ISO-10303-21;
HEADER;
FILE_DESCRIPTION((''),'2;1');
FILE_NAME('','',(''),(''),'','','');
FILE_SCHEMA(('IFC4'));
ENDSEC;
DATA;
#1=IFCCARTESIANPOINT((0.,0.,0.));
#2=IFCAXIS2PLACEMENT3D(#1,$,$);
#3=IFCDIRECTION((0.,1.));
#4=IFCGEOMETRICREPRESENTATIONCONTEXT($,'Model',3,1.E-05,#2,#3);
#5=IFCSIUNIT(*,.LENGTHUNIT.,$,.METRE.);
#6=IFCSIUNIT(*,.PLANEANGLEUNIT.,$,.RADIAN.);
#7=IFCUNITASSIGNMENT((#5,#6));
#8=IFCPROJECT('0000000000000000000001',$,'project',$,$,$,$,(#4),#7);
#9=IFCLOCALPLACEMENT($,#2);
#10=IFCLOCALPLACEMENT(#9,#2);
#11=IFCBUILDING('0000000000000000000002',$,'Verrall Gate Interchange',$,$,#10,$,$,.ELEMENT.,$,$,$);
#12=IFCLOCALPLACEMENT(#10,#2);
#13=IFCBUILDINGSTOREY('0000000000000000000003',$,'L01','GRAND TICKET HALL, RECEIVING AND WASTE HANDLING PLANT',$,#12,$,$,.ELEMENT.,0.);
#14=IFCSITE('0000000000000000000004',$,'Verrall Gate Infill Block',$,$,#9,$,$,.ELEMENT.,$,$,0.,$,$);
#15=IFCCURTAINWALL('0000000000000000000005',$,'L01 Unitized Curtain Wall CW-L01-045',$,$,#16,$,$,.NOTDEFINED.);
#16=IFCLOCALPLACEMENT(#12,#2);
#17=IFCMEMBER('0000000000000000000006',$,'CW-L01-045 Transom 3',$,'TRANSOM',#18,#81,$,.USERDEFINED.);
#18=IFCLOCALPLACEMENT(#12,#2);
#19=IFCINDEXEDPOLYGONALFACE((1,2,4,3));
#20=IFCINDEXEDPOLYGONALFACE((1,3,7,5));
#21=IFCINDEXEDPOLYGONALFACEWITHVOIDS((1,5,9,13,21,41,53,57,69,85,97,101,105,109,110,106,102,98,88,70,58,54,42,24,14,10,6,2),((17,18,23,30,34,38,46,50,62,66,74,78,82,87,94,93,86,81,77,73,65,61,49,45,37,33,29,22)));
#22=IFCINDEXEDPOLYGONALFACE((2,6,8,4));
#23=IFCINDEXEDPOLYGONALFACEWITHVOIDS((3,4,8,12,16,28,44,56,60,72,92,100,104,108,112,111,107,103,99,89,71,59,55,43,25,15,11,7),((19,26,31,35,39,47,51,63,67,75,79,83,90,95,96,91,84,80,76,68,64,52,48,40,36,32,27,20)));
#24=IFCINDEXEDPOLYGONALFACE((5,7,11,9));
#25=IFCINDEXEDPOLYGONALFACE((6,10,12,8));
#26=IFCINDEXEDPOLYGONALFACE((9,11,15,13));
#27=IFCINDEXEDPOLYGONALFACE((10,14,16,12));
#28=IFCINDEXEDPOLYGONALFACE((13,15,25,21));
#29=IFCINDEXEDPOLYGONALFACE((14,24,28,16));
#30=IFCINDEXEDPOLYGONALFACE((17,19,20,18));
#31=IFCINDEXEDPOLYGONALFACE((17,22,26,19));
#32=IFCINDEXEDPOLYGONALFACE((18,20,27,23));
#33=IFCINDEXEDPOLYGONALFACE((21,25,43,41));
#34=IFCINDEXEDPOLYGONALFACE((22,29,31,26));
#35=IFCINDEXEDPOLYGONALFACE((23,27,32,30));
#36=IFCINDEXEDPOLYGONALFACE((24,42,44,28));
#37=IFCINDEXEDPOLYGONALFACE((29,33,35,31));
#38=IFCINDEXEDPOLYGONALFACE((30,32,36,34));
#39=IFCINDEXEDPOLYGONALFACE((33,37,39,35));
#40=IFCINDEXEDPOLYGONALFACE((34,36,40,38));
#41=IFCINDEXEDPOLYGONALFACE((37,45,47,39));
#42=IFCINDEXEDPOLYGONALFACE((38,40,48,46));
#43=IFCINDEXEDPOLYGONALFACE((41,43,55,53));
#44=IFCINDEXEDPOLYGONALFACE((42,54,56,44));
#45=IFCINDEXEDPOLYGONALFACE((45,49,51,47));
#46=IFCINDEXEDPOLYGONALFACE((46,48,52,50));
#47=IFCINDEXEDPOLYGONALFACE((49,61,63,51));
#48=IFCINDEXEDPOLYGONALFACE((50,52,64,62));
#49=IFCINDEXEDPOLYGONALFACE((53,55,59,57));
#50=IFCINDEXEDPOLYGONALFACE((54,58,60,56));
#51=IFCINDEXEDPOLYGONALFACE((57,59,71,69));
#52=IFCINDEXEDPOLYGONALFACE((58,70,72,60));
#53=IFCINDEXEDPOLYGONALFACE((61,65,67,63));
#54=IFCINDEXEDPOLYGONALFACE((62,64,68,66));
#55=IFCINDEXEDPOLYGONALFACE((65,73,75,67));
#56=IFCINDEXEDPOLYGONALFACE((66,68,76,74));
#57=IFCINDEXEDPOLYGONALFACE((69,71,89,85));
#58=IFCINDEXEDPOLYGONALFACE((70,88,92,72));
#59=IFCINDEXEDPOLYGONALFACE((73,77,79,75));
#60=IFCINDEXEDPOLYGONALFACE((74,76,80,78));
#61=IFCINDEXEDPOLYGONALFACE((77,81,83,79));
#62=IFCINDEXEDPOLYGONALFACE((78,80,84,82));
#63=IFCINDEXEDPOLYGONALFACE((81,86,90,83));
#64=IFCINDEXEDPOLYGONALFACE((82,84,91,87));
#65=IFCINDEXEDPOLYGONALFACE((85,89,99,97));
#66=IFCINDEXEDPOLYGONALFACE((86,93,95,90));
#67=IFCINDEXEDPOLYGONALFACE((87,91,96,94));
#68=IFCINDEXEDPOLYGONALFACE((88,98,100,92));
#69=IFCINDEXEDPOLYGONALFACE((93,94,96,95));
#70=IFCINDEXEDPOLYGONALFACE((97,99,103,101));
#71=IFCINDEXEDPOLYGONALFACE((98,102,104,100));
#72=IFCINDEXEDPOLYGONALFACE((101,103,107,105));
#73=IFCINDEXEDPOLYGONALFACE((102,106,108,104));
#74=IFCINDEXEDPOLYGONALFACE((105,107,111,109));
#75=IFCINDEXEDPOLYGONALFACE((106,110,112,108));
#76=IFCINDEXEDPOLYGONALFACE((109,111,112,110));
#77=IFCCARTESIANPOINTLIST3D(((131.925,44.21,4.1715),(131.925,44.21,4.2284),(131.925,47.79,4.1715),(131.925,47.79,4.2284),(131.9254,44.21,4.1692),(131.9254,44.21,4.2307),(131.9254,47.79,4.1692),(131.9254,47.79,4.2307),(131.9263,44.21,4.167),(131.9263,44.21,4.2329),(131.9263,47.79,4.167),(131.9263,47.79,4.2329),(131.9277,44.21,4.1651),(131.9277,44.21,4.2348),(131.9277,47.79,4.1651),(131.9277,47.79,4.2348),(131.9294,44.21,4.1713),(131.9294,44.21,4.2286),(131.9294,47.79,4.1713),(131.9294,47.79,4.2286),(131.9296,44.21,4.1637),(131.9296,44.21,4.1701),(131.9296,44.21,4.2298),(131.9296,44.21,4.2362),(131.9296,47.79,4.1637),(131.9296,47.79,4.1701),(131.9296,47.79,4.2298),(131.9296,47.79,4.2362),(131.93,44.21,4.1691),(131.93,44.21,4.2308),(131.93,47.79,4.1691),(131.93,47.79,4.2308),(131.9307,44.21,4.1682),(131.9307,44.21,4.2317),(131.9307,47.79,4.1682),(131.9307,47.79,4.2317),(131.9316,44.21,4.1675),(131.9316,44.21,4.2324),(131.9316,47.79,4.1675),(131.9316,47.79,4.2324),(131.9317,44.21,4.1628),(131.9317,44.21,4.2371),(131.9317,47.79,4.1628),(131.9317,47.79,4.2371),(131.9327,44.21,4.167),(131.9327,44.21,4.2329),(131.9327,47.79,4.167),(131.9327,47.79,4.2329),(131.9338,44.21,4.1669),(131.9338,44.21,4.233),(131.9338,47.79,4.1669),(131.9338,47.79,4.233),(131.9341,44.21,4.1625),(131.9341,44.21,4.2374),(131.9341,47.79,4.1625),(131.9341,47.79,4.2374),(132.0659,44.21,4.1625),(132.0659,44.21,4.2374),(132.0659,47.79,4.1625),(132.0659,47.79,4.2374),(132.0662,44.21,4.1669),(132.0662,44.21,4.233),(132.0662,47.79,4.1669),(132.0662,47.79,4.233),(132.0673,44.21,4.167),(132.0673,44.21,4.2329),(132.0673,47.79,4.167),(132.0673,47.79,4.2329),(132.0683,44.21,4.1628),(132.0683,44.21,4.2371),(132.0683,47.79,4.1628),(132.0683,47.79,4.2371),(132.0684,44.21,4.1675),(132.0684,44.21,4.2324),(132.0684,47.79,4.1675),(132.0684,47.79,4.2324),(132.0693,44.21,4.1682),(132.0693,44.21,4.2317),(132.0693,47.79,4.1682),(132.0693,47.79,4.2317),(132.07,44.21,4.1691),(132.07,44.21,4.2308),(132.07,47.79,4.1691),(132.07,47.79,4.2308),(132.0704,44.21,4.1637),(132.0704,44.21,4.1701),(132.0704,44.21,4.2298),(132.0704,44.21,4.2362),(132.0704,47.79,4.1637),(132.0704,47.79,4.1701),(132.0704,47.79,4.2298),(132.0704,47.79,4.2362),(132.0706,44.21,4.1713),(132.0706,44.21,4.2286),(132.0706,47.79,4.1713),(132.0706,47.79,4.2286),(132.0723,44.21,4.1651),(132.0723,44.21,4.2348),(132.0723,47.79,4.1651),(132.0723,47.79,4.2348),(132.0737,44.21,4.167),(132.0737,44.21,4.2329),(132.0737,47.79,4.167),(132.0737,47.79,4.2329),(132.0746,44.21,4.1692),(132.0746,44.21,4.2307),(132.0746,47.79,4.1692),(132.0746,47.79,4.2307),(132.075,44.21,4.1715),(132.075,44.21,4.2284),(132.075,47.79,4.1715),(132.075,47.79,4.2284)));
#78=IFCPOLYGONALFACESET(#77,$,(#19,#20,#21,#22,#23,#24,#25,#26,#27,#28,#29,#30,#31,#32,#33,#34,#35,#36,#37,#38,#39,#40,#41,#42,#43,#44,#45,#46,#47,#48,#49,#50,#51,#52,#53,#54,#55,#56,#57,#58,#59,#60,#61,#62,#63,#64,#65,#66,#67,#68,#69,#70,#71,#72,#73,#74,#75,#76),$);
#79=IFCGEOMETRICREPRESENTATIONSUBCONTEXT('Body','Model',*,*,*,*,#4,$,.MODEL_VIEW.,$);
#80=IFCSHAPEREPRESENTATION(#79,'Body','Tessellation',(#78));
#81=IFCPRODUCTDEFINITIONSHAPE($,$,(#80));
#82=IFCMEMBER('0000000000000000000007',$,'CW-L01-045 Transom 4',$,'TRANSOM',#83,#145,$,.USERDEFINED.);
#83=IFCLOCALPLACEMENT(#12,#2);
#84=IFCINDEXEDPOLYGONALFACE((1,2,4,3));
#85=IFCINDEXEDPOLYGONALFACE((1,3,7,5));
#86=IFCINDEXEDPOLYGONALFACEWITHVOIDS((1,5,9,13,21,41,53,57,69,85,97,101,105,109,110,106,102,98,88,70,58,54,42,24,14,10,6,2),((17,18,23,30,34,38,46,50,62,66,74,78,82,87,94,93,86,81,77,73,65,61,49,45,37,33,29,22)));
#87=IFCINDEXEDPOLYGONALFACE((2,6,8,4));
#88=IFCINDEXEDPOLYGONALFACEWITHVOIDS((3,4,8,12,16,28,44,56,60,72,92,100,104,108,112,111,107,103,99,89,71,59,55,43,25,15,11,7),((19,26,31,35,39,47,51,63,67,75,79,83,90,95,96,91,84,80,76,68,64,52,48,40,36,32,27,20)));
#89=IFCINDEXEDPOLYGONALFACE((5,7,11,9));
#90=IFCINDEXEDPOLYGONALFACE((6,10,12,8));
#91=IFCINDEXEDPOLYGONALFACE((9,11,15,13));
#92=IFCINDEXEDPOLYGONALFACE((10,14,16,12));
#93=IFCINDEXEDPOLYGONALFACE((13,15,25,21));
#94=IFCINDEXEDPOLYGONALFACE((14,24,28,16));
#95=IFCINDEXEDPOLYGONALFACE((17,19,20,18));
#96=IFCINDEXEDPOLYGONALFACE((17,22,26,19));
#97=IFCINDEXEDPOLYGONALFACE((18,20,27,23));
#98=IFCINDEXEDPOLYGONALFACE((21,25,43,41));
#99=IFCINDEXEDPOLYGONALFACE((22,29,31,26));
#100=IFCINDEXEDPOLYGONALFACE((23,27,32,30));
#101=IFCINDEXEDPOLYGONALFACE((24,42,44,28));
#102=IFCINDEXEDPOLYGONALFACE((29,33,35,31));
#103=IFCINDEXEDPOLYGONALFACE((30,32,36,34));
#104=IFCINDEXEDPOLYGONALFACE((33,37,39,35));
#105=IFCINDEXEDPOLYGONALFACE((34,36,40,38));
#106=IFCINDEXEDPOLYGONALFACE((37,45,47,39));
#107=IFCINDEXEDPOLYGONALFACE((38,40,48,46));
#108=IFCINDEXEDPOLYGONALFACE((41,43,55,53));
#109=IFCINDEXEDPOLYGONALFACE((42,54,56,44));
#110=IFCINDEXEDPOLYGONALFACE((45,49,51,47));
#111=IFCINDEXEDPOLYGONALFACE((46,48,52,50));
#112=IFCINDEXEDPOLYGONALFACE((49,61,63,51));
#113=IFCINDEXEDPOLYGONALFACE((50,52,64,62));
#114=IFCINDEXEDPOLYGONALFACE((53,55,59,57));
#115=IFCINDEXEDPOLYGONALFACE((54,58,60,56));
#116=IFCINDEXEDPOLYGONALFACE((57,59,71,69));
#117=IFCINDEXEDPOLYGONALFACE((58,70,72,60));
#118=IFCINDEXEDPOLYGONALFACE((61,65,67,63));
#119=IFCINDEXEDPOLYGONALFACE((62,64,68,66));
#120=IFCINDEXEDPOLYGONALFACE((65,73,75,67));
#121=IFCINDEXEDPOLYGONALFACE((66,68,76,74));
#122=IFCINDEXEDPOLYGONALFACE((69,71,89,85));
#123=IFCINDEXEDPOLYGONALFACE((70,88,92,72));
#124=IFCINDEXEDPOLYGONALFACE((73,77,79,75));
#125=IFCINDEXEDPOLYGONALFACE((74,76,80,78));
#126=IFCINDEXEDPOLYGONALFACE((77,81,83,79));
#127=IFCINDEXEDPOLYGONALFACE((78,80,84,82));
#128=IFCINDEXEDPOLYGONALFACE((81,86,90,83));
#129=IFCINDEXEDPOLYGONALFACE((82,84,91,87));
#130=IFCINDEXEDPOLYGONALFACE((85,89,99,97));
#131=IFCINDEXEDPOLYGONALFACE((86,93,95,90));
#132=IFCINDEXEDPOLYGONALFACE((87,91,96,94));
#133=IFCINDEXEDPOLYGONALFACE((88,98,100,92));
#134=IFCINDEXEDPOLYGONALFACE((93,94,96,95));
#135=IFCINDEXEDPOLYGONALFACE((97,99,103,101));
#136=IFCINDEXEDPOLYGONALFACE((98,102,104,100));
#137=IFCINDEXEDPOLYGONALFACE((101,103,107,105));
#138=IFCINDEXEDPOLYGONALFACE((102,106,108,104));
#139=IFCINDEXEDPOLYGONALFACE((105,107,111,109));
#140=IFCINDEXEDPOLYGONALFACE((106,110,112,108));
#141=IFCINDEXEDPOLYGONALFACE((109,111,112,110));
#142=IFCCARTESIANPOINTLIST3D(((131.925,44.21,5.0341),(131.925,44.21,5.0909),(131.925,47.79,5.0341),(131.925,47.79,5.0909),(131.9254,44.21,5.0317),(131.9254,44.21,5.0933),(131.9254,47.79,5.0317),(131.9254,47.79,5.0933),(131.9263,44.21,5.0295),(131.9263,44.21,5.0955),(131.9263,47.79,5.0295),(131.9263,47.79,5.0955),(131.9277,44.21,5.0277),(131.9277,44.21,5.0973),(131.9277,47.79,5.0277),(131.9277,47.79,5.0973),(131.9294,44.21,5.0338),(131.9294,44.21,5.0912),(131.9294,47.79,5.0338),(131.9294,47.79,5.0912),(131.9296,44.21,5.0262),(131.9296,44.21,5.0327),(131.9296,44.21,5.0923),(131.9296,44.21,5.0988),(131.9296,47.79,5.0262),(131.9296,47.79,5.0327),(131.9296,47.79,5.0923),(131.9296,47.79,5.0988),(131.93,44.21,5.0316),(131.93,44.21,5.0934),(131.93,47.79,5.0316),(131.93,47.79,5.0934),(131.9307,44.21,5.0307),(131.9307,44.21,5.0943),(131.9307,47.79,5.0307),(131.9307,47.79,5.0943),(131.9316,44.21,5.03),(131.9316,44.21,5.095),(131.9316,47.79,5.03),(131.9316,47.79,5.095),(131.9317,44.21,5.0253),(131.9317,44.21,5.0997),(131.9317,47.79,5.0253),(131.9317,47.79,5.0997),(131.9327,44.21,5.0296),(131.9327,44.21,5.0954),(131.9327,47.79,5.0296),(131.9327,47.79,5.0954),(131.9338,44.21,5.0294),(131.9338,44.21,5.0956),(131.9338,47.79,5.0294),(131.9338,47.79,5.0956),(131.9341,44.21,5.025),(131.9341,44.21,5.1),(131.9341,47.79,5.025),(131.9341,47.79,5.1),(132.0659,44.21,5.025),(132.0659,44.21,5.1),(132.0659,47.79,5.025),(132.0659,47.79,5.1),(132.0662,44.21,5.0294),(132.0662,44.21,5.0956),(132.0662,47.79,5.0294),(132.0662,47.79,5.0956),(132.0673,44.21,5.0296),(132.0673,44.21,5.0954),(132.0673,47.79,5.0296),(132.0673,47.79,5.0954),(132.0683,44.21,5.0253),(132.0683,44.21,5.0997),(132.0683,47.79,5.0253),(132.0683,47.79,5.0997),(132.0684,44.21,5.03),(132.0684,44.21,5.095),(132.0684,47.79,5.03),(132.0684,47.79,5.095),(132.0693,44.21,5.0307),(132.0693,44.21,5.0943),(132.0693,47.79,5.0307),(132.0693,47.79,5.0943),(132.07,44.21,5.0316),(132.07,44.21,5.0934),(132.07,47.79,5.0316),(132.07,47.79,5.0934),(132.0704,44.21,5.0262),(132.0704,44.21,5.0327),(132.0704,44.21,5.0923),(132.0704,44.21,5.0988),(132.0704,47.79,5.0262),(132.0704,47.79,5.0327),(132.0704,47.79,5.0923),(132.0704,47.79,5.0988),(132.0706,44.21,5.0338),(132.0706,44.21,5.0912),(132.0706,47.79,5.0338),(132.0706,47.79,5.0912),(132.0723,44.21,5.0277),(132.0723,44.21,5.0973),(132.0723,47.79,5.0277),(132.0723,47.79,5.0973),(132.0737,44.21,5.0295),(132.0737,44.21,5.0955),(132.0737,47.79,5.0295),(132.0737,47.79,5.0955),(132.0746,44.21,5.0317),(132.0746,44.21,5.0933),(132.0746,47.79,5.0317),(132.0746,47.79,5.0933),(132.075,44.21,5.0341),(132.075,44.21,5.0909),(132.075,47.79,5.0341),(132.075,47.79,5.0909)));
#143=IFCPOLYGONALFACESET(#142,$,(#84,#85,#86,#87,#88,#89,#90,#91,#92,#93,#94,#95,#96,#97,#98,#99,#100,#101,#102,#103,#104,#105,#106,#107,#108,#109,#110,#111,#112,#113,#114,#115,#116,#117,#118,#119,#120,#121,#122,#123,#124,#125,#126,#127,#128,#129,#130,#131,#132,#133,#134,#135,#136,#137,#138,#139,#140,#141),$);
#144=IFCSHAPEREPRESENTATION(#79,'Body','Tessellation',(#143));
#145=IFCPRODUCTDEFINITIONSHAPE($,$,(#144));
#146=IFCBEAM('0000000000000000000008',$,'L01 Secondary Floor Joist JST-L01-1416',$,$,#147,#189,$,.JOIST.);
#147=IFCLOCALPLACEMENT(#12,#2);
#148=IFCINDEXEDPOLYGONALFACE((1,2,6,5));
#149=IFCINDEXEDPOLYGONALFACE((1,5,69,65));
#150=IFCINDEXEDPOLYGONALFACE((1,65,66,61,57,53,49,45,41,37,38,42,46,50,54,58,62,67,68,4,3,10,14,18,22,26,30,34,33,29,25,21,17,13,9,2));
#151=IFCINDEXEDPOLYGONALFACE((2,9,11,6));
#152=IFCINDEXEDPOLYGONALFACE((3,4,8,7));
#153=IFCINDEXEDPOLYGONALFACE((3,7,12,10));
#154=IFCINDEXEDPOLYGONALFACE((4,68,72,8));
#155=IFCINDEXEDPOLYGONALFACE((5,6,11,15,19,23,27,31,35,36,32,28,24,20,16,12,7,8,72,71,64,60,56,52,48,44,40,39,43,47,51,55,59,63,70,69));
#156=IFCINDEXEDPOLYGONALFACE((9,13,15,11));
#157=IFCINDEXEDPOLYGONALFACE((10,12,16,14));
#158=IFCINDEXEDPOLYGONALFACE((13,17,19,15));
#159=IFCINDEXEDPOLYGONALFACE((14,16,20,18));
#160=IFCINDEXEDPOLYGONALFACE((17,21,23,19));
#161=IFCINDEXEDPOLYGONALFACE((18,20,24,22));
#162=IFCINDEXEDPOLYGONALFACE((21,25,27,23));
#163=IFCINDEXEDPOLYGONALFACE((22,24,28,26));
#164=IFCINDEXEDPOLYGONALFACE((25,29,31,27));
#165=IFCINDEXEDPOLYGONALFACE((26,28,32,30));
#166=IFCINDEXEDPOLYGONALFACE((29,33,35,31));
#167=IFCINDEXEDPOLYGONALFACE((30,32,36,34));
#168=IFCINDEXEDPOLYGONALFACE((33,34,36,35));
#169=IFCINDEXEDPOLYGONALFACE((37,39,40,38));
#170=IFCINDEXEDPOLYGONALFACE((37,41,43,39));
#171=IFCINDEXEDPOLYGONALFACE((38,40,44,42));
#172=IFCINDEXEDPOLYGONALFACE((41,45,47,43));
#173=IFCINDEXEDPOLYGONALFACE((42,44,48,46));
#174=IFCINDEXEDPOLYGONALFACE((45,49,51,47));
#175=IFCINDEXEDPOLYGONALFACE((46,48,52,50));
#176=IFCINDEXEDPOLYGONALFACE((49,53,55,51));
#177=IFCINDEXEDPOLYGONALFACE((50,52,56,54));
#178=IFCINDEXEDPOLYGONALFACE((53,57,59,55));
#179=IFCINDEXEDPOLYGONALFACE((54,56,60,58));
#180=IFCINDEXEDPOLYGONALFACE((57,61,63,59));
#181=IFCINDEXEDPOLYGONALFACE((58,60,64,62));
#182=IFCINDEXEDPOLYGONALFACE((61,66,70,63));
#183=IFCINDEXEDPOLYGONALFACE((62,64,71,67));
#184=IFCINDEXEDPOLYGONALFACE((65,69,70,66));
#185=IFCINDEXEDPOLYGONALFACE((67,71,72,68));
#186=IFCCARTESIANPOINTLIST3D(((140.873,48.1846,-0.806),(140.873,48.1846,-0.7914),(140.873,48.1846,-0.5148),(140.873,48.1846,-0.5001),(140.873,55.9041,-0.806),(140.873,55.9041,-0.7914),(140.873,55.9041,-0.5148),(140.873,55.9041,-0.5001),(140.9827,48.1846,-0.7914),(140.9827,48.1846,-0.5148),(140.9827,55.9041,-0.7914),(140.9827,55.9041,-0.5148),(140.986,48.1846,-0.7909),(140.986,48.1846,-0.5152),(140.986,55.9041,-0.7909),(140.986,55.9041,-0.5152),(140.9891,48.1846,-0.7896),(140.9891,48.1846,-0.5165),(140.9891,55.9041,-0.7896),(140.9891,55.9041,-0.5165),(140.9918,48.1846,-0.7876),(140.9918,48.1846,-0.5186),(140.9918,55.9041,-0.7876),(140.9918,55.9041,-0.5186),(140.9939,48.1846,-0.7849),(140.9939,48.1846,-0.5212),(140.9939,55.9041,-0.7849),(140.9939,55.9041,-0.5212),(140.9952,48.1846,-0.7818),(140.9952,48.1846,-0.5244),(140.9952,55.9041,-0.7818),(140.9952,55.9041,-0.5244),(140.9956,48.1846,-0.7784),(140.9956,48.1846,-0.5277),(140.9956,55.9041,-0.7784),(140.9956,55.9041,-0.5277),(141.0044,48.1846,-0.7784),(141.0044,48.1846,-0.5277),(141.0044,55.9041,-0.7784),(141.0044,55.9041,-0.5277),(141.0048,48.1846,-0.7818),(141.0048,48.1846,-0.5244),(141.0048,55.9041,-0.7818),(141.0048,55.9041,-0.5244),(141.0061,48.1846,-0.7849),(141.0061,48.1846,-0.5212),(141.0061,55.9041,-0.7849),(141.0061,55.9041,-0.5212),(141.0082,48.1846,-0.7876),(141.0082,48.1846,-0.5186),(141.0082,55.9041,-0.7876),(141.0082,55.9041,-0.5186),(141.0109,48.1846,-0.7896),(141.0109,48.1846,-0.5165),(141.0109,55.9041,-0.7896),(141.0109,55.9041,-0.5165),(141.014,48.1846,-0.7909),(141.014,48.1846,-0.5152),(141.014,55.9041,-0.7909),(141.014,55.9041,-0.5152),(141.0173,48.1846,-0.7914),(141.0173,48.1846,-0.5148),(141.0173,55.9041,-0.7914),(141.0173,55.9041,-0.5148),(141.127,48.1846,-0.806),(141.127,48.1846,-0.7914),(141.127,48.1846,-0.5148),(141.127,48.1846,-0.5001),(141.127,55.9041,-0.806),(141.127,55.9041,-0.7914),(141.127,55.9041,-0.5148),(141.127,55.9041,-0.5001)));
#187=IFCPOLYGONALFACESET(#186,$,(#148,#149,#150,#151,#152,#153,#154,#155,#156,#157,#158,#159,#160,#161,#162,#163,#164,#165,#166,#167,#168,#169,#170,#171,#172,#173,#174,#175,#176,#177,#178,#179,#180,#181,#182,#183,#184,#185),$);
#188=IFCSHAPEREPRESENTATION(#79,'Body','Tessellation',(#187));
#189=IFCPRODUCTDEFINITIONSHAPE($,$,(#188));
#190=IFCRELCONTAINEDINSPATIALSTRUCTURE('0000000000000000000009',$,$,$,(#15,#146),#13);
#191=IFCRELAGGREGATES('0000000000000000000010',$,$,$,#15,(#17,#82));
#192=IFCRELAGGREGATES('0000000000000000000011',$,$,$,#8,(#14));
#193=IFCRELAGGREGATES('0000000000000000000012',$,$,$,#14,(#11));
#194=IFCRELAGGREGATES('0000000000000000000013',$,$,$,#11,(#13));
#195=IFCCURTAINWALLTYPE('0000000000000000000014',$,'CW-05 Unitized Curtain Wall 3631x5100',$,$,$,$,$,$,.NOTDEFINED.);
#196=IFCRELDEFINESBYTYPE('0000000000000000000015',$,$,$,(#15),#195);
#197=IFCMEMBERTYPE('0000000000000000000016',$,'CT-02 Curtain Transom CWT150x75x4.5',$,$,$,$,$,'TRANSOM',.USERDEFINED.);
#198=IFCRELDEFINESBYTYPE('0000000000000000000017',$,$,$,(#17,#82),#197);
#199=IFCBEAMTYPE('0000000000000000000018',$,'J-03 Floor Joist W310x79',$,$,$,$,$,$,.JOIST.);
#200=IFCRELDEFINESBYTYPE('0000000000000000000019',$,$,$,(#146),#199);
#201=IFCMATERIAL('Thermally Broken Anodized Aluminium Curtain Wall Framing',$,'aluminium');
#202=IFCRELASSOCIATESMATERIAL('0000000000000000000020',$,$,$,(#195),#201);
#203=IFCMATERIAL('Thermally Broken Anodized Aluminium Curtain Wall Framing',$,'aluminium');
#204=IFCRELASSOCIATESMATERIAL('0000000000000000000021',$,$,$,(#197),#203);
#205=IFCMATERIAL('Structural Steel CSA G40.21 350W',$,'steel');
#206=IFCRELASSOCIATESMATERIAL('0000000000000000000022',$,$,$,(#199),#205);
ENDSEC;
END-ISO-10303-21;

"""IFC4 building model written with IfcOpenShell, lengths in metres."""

from ifc_helpers import new_model, si_unit, direction, frame, origin, origin_2d, place, context, subcontext, project, spatial, hollow_rectangle, i_section, extrude, material, material_profile, profile_set, type_object, element, aggregate, save


model = new_model("IFC4")

# Units and contexts
model_context = context("Model", 3, precision=1e-05, world=origin(), true_north=direction((0.0, 1.0)))
body_context = subcontext(model_context, "Body", "Model", "MODEL_VIEW")
ifc_project = project(units=[si_unit("LENGTHUNIT", "METRE"), si_unit("PLANEANGLEUNIT", "RADIAN")], contexts=[model_context])

# Site, building, storey
site_placement = place(None, origin())
site = spatial("IfcSite", under=ifc_project, at=site_placement, Name="Verrall Gate Infill Block", CompositionType="ELEMENT", RefElevation=0.0)
building_placement = place(site_placement, origin())
building = spatial("IfcBuilding", under=site, at=building_placement, Name="Verrall Gate Interchange", CompositionType="ELEMENT")
storey_placement = place(building_placement, origin())
storey = spatial("IfcBuildingStorey", under=building, at=storey_placement, Name="L01", Description="GRAND TICKET HALL, RECEIVING AND WASTE HANDLING PLANT", CompositionType="ELEMENT", Elevation=0.0)

# Curtain wall, members
ifc_material_1 = material(Name="Thermally Broken Anodized Aluminium Curtain Wall Framing", Category="aluminium")
curtain_wall_type = type_object("IfcCurtainWallType", Name="CW-05 Unitized Curtain Wall 3631x5100", PredefinedType="NOTDEFINED", material=ifc_material_1)
curtain_wall_placement = place(storey_placement, origin())
curtain_wall = element("IfcCurtainWall", 1, at=curtain_wall_placement, inside=storey, type_object=curtain_wall_type, Name="L01 Unitized Curtain Wall CW-L01-045", PredefinedType="NOTDEFINED")
ifc_material_2 = material(Name="Thermally Broken Anodized Aluminium Curtain Wall Framing", Category="aluminium")
ifc_material_profile_1 = material_profile(ifc_material_2, hollow_rectangle(XDim=0.1499, YDim=0.075, WallThickness=0.0044, InnerFilletRadius=0.0044, OuterFilletRadius=0.009, at=origin_2d()), Name="CWT150x75x4.5")
ifc_profile_set_1 = profile_set([ifc_material_profile_1], Name="Thermally Broken Anodized Aluminium Curtain Wall Framing")
member_type_1 = type_object("IfcMemberType", Name="CT-02 Curtain Transom CWT150x75x4.5", ElementType="TRANSOM", PredefinedType="USERDEFINED", material=ifc_profile_set_1)
member_1_placement = place(storey_placement, frame((132.0, 47.79, 4.2), z_axis=(0.0, -1.0, 0.0), x_axis=(1.0, 0.0, 0.0)))
member_1 = element("IfcMember", 2, at=member_1_placement, type_object=member_type_1, Name="CW-L01-045 Transom 3", ObjectType="TRANSOM", PredefinedType="USERDEFINED", context=body_context, shape_type="SweptSolid", body=[
    extrude(hollow_rectangle(XDim=0.1499, YDim=0.075, WallThickness=0.0044, InnerFilletRadius=0.0044, OuterFilletRadius=0.009, at=origin_2d()), origin(), (0.0, 0.0, 1.0), 3.5801),
])
member_2_placement = place(storey_placement, frame((132.0, 47.79, 5.0625), z_axis=(0.0, -1.0, 0.0), x_axis=(1.0, 0.0, 0.0)))
member_2 = element("IfcMember", 3, at=member_2_placement, type_object=member_type_1, Name="CW-L01-045 Transom 4", ObjectType="TRANSOM", PredefinedType="USERDEFINED", context=body_context, shape_type="SweptSolid", body=[
    extrude(hollow_rectangle(XDim=0.1499, YDim=0.075, WallThickness=0.0044, InnerFilletRadius=0.0044, OuterFilletRadius=0.009, at=origin_2d()), origin(), (0.0, 0.0, 1.0), 3.5801),
])

# Beam
ifc_material_3 = material(Name="Structural Steel CSA G40.21 350W", Category="steel")
ifc_material_profile_2 = material_profile(ifc_material_3, i_section(OverallWidth=0.2539, OverallDepth=0.3059, WebThickness=0.0088, FlangeThickness=0.0146, FilletRadius=0.0129, at=origin_2d()), Name="W310x79")
ifc_profile_set_2 = profile_set([ifc_material_profile_2], Name="Structural Steel CSA G40.21 350W")
beam_type_1 = type_object("IfcBeamType", Name="J-03 Floor Joist W310x79", PredefinedType="JOIST", material=ifc_profile_set_2)
beam_1_placement = place(storey_placement, frame((141.0, 48.1846, -0.6531), z_axis=(0.0, 1.0, 0.0), x_axis=(-1.0, 0.0, 0.0)))
element("IfcBeam", 4, at=beam_1_placement, inside=storey, type_object=beam_type_1, Name="L01 Secondary Floor Joist JST-L01-1416", PredefinedType="JOIST", context=body_context, shape_type="SweptSolid", body=[
    extrude(i_section(OverallWidth=0.2539, OverallDepth=0.3059, WebThickness=0.0088, FlangeThickness=0.0146, FilletRadius=0.0129, at=origin_2d()), origin(), (0.0, 0.0, 1.0), 7.7195),
])

aggregate(curtain_wall, [member_1, member_2])

save(model, "model.ifc")
